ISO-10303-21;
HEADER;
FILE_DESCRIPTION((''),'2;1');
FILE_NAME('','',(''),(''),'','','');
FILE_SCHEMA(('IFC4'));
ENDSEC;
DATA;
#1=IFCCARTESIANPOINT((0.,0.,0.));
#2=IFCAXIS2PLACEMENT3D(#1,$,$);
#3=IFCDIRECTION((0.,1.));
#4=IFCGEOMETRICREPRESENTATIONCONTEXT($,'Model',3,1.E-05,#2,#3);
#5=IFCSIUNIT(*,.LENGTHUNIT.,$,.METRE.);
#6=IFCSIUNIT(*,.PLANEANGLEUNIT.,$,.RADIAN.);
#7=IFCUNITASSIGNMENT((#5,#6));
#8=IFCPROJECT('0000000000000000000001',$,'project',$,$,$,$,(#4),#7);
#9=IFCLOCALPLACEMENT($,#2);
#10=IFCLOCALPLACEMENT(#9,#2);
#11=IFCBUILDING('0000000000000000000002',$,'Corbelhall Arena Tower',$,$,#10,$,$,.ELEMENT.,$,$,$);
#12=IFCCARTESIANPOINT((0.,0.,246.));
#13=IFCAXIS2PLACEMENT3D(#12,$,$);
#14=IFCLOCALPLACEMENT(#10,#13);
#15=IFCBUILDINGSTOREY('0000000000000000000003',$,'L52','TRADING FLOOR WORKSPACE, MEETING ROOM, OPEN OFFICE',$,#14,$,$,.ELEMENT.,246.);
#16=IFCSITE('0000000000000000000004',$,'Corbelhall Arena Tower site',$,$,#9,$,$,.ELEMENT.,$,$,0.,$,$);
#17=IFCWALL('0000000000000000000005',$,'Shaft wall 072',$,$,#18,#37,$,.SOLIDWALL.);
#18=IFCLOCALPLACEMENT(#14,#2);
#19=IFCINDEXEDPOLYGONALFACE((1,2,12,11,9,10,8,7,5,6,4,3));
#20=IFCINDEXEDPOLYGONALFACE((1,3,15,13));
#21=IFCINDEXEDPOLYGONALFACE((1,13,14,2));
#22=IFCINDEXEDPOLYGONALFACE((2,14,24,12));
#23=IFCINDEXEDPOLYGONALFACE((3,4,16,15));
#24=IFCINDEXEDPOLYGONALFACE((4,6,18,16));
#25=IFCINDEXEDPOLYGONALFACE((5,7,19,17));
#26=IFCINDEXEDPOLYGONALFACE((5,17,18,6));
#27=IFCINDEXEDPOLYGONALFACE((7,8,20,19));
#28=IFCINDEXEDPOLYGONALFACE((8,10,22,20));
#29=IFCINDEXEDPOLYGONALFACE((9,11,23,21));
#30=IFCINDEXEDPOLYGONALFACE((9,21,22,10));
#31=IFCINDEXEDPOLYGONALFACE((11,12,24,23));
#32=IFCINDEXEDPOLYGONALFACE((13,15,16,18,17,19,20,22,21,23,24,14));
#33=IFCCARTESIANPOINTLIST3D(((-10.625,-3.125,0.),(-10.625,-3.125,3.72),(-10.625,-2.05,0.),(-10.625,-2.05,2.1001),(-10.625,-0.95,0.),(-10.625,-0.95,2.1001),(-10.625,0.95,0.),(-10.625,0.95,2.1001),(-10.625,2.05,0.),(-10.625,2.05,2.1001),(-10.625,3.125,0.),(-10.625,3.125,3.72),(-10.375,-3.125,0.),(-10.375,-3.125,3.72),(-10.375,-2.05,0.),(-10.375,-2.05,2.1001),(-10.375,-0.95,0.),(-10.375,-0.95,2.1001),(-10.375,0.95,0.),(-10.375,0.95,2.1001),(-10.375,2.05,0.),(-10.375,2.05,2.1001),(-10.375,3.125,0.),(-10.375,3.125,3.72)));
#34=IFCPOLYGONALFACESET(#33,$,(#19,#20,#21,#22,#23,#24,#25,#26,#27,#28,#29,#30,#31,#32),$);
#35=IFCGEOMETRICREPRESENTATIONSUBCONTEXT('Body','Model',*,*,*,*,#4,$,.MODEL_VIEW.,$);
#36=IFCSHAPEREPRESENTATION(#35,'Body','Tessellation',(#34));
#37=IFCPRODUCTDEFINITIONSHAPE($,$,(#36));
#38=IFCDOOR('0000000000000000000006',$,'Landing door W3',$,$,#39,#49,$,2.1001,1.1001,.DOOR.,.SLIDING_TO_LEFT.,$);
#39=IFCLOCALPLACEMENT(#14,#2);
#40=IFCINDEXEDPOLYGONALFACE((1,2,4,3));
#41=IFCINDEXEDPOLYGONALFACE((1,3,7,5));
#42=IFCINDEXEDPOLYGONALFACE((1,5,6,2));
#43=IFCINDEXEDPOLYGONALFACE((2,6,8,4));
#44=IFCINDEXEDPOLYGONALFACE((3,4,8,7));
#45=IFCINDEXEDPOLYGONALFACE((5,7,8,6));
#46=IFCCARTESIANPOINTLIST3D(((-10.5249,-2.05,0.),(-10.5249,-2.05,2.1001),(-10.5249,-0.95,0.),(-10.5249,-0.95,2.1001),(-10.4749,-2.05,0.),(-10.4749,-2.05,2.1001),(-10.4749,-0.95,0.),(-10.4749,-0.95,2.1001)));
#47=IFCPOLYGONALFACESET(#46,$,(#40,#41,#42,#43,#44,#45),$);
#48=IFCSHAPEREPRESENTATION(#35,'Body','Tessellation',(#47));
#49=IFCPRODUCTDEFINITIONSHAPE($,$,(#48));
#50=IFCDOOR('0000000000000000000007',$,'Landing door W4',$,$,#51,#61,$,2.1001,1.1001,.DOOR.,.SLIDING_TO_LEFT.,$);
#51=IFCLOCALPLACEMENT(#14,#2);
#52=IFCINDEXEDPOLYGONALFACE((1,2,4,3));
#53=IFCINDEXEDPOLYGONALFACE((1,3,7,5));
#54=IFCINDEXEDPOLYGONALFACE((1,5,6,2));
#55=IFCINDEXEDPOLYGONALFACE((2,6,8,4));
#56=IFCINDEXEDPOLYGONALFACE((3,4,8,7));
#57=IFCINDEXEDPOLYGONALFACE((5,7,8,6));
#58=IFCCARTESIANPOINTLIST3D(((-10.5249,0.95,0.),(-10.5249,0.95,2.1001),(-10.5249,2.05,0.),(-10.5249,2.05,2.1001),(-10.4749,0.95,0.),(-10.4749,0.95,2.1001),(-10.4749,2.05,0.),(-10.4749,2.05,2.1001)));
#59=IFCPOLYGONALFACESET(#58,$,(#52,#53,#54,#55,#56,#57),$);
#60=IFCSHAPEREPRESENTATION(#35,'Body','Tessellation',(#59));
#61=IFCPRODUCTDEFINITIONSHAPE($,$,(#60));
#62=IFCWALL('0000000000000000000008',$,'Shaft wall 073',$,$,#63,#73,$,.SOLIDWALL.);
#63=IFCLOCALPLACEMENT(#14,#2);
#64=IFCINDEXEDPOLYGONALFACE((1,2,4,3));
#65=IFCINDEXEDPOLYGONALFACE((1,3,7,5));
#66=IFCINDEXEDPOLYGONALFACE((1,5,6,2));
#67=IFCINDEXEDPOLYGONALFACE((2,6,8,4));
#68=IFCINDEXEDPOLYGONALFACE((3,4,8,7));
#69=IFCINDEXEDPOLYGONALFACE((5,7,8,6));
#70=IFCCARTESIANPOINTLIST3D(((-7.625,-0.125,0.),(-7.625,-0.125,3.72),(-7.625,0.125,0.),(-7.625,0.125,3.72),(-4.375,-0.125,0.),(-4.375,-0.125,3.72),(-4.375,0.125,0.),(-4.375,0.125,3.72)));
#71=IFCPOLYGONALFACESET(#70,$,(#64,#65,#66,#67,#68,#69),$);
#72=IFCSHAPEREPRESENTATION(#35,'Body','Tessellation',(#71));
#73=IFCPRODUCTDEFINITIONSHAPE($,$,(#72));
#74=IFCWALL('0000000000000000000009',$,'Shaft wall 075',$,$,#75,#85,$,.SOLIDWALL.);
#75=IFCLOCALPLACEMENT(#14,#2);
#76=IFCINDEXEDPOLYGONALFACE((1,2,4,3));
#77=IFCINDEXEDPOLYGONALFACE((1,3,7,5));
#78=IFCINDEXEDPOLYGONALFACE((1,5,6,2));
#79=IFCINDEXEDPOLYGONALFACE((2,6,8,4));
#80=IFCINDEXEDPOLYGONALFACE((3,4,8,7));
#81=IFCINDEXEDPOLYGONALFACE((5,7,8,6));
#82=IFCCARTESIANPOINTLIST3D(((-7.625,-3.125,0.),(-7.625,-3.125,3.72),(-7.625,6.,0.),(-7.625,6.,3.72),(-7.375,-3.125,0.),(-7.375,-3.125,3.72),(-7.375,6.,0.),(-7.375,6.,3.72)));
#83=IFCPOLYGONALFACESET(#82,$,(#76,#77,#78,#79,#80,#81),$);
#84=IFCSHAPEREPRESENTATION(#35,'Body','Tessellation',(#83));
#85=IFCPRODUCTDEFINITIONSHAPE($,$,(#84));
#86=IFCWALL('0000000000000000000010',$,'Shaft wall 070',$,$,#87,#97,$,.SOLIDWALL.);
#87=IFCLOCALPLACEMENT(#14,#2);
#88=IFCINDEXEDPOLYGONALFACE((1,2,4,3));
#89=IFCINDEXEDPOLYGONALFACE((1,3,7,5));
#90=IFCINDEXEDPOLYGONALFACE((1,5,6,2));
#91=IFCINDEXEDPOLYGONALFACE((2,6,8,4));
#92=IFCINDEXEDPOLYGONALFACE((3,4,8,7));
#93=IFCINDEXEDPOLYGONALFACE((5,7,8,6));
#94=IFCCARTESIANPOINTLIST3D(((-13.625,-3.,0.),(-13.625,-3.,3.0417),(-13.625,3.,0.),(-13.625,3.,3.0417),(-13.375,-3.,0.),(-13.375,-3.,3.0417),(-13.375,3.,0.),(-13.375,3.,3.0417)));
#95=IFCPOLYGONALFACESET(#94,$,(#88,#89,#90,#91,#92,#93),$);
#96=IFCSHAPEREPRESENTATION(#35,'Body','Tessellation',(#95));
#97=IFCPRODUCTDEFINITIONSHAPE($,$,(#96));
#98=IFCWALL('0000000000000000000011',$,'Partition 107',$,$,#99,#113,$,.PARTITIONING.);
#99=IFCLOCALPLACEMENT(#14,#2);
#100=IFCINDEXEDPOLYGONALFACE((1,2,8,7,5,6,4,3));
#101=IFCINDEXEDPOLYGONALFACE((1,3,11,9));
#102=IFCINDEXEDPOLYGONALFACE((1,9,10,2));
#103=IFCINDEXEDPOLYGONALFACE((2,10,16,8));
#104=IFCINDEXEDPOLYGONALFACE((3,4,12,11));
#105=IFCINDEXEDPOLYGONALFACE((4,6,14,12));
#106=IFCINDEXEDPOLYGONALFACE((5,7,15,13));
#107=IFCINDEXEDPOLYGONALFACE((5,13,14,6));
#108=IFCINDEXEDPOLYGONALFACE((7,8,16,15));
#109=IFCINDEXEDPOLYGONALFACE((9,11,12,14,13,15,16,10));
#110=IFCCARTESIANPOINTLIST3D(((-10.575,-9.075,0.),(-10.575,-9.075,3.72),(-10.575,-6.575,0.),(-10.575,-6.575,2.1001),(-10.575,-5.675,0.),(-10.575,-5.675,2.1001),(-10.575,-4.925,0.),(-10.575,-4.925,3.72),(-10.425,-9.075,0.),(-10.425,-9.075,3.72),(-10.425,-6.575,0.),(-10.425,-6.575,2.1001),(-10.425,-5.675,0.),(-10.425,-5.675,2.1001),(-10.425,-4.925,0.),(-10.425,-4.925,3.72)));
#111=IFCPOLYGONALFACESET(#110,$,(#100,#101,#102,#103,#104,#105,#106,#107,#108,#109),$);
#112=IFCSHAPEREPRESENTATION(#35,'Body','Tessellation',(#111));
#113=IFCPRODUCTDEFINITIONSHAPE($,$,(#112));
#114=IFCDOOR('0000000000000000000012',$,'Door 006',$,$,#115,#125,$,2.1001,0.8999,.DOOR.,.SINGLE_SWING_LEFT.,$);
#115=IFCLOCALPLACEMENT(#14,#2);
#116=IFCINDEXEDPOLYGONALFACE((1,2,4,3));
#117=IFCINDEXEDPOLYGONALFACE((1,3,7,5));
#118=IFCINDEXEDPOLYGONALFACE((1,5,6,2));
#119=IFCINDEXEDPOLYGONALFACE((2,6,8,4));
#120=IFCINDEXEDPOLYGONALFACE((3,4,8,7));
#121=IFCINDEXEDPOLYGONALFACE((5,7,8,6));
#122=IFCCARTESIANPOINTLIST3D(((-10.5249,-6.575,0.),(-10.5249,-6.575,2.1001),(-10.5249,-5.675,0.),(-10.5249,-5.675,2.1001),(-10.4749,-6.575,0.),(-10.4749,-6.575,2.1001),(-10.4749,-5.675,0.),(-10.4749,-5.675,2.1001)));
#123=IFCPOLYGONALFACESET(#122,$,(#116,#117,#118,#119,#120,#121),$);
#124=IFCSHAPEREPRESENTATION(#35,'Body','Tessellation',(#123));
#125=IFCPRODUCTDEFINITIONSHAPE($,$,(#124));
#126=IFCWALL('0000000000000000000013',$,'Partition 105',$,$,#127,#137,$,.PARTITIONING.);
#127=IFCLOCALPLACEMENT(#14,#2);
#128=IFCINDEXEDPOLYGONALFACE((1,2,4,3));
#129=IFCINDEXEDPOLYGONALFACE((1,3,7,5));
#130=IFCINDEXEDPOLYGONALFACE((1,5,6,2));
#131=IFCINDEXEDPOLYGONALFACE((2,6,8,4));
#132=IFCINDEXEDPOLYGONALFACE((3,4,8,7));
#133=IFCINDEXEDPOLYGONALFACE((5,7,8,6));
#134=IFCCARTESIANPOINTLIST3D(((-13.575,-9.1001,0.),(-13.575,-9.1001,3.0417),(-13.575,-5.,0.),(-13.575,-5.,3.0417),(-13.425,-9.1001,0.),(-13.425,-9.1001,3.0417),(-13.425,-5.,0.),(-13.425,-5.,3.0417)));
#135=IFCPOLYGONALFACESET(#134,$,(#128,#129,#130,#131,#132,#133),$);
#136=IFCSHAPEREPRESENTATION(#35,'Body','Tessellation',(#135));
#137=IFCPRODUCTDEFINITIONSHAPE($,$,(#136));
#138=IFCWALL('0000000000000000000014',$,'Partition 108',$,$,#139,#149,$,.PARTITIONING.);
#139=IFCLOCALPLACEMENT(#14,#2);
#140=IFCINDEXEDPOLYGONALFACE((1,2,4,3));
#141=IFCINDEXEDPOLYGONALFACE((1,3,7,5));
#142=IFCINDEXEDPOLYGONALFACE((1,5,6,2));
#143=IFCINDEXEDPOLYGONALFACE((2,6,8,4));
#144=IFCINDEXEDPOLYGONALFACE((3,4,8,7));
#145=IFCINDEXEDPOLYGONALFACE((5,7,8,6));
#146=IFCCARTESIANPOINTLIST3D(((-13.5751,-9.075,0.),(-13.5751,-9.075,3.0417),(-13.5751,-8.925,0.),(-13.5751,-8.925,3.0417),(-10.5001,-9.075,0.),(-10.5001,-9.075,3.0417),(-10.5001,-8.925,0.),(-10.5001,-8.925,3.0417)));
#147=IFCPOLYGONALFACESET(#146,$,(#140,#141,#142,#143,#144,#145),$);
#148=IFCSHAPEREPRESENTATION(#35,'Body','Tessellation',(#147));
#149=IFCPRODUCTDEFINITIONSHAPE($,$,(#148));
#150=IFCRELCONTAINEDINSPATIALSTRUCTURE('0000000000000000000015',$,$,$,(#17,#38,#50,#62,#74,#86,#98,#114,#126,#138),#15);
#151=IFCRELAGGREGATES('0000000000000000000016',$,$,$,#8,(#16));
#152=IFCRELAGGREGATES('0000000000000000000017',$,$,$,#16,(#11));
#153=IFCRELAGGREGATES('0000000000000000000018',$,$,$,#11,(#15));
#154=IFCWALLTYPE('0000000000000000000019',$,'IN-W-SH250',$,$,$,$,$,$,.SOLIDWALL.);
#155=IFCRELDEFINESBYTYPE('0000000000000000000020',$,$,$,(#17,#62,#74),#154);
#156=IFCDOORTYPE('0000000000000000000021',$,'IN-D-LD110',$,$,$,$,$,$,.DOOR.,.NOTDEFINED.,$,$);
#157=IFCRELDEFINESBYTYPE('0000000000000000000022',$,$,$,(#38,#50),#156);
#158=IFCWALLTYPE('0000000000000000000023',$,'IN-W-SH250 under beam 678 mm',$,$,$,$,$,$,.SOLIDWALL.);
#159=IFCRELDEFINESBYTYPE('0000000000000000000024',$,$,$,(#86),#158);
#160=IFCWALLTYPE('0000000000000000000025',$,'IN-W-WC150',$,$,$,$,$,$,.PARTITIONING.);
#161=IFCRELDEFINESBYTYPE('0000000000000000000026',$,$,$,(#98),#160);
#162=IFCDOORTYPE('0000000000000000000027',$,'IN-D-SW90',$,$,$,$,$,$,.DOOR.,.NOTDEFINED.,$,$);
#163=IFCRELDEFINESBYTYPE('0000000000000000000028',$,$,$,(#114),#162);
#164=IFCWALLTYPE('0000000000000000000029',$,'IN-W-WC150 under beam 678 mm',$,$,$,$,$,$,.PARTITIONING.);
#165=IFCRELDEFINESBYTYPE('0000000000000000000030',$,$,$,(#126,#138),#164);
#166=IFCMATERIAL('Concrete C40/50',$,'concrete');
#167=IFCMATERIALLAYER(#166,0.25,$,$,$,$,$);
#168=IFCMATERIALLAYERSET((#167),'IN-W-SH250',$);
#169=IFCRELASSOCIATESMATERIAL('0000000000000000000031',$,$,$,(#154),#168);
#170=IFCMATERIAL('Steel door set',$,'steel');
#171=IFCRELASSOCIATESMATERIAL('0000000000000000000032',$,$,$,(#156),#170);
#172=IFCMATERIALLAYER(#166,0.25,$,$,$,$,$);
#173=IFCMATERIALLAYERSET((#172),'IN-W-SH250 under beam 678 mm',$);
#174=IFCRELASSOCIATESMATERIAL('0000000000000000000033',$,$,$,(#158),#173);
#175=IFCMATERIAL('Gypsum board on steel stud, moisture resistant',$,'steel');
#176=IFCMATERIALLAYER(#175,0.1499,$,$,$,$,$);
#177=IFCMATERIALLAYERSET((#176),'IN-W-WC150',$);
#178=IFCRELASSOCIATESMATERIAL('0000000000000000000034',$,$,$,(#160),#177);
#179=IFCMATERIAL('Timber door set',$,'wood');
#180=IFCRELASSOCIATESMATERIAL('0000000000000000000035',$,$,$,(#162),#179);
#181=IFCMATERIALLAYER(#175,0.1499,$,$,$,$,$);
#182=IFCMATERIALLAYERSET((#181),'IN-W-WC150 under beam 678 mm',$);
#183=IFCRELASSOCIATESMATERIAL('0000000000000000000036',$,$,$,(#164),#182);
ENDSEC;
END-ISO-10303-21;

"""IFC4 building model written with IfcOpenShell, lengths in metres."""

from ifc_helpers import new_model, si_unit, direction, frame, frame_2d, origin, place, context, subcontext, project, spatial, rectangle, extrude, material, layer, layer_set, type_object, element, fill, save


model = new_model("IFC4")

# Units and contexts
model_context = context("Model", 3, precision=1e-05, world=origin(), true_north=direction((0.0, 1.0)))
body_context = subcontext(model_context, "Body", "Model", "MODEL_VIEW")
ifc_project = project(units=[si_unit("LENGTHUNIT", "METRE"), si_unit("PLANEANGLEUNIT", "RADIAN")], contexts=[model_context])

# Site, building, storey
site_placement = place(None, origin())
site = spatial("IfcSite", under=ifc_project, at=site_placement, Name="Corbelhall Arena Tower site", CompositionType="ELEMENT", RefElevation=0.0)
building_placement = place(site_placement, origin())
building = spatial("IfcBuilding", under=site, at=building_placement, Name="Corbelhall Arena Tower", CompositionType="ELEMENT")
storey_placement = place(building_placement, frame((0.0, 0.0, 246.0)))
storey = spatial("IfcBuildingStorey", under=building, at=storey_placement, Name="L52", Description="TRADING FLOOR WORKSPACE, MEETING ROOM, OPEN OFFICE", CompositionType="ELEMENT", Elevation=246.0)

# Shared definitions
ifc_material_1 = material(Name="Steel door set", Category="steel")

# Wall, openings, doors
ifc_material_2 = material(Name="Concrete C40/50", Category="concrete")
ifc_layer_1 = layer(ifc_material_2, 0.25)
ifc_layer_set_1 = layer_set([ifc_layer_1], Name="IN-W-SH250")
wall_type_1 = type_object("IfcWallType", Name="IN-W-SH250", PredefinedType="SOLIDWALL", material=ifc_layer_set_1)
wall_1_placement = place(storey_placement, frame((-10.5, -3.125, 0.0), z_axis=(0.0, 0.0, 1.0), x_axis=(0.0, 1.0, 0.0)))
wall_1 = element("IfcWall", 1, at=wall_1_placement, inside=storey, type_object=wall_type_1, Name="Shaft wall 072", PredefinedType="SOLIDWALL", context=body_context, shape_type="SweptSolid", body=[
    extrude(rectangle(XDim=6.25, YDim=0.25, at=frame_2d((3.125, 0.0))), origin(), (0.0, 0.0, 1.0), 3.72),
])
opening_1_placement = place(wall_1_placement, frame((1.075, 0.0, 0.0)))
opening_1 = element("IfcOpeningElement", 2, at=opening_1_placement, cuts=wall_1, PredefinedType="OPENING", context=body_context, shape_type="SweptSolid", body=[
    extrude(rectangle(XDim=1.1001, YDim=2.1001, at=frame_2d((0.55, 1.05))), frame((0.0, 0.125, 0.0), z_axis=(0.0, -1.0, 0.0), x_axis=(1.0, 0.0, 0.0)), (0.0, 0.0, 1.0), 0.25),
])
opening_2_placement = place(wall_1_placement, frame((4.075, 0.0, 0.0)))
opening_2 = element("IfcOpeningElement", 3, at=opening_2_placement, cuts=wall_1, PredefinedType="OPENING", context=body_context, shape_type="SweptSolid", body=[
    extrude(rectangle(XDim=1.1001, YDim=2.1001, at=frame_2d((0.55, 1.05))), frame((0.0, 0.125, 0.0), z_axis=(0.0, -1.0, 0.0), x_axis=(1.0, 0.0, 0.0)), (0.0, 0.0, 1.0), 0.25),
])
door_type_1 = type_object("IfcDoorType", Name="IN-D-LD110", OperationType="NOTDEFINED", PredefinedType="DOOR", material=ifc_material_1)
door_1_placement = place(opening_1_placement, origin())
door_1 = element("IfcDoor", 4, at=door_1_placement, inside=storey, type_object=door_type_1, Name="Landing door W3", OperationType="SLIDING_TO_LEFT", OverallHeight=2.1001, OverallWidth=1.1001, PredefinedType="DOOR", context=body_context, shape_type="SweptSolid", body=[
    extrude(rectangle(XDim=1.1001, YDim=2.1001, at=frame_2d((0.55, 1.05))), frame((0.0, 0.0249, 0.0), z_axis=(0.0, -1.0, 0.0), x_axis=(1.0, 0.0, 0.0)), (0.0, 0.0, 1.0), 0.05),
])
fill(opening_1, door_1)
door_2_placement = place(opening_2_placement, origin())
door_2 = element("IfcDoor", 5, at=door_2_placement, inside=storey, type_object=door_type_1, Name="Landing door W4", OperationType="SLIDING_TO_LEFT", OverallHeight=2.1001, OverallWidth=1.1001, PredefinedType="DOOR", context=body_context, shape_type="SweptSolid", body=[
    extrude(rectangle(XDim=1.1001, YDim=2.1001, at=frame_2d((0.55, 1.05))), frame((0.0, 0.0249, 0.0), z_axis=(0.0, -1.0, 0.0), x_axis=(1.0, 0.0, 0.0)), (0.0, 0.0, 1.0), 0.05),
])
fill(opening_2, door_2)

# Walls
wall_2_placement = place(storey_placement, frame((-7.625, 0.0, 0.0), z_axis=(0.0, 0.0, 1.0), x_axis=(1.0, 0.0, 0.0)))
element("IfcWall", 6, at=wall_2_placement, inside=storey, type_object=wall_type_1, Name="Shaft wall 073", PredefinedType="SOLIDWALL", context=body_context, shape_type="SweptSolid", body=[
    extrude(rectangle(XDim=3.25, YDim=0.25, at=frame_2d((1.625, 0.0))), origin(), (0.0, 0.0, 1.0), 3.72),
])
wall_3_placement = place(storey_placement, frame((-7.5, -3.125, 0.0), z_axis=(0.0, 0.0, 1.0), x_axis=(0.0, 1.0, 0.0)))
element("IfcWall", 7, at=wall_3_placement, inside=storey, type_object=wall_type_1, Name="Shaft wall 075", PredefinedType="SOLIDWALL", context=body_context, shape_type="SweptSolid", body=[
    extrude(rectangle(XDim=9.125, YDim=0.25, at=frame_2d((4.5625, 0.0))), origin(), (0.0, 0.0, 1.0), 3.72),
])
ifc_layer_2 = layer(ifc_material_2, 0.25)
ifc_layer_set_2 = layer_set([ifc_layer_2], Name="IN-W-SH250 under beam 678 mm")
wall_type_2 = type_object("IfcWallType", Name="IN-W-SH250 under beam 678 mm", PredefinedType="SOLIDWALL", material=ifc_layer_set_2)
wall_4_placement = place(storey_placement, frame((-13.5, -3.0, 0.0), z_axis=(0.0, 0.0, 1.0), x_axis=(0.0, 1.0, 0.0)))
element("IfcWall", 8, at=wall_4_placement, inside=storey, type_object=wall_type_2, Name="Shaft wall 070", PredefinedType="SOLIDWALL", context=body_context, shape_type="SweptSolid", body=[
    extrude(rectangle(XDim=6.0, YDim=0.25, at=frame_2d((3.0, 0.0))), origin(), (0.0, 0.0, 1.0), 3.0417),
])

# Wall, opening, door
ifc_material_3 = material(Name="Gypsum board on steel stud, moisture resistant", Category="steel")
ifc_layer_3 = layer(ifc_material_3, 0.1499)
ifc_layer_set_3 = layer_set([ifc_layer_3], Name="IN-W-WC150")
wall_type_3 = type_object("IfcWallType", Name="IN-W-WC150", PredefinedType="PARTITIONING", material=ifc_layer_set_3)
wall_5_placement = place(storey_placement, frame((-10.5, -9.075, 0.0), z_axis=(0.0, 0.0, 1.0), x_axis=(0.0, 1.0, 0.0)))
wall_5 = element("IfcWall", 9, at=wall_5_placement, inside=storey, type_object=wall_type_3, Name="Partition 107", PredefinedType="PARTITIONING", context=body_context, shape_type="SweptSolid", body=[
    extrude(rectangle(XDim=4.1499, YDim=0.1499, at=frame_2d((2.075, 0.0))), origin(), (0.0, 0.0, 1.0), 3.72),
])
opening_3_placement = place(wall_5_placement, frame((2.5, 0.0, 0.0)))
opening_3 = element("IfcOpeningElement", 10, at=opening_3_placement, cuts=wall_5, PredefinedType="OPENING", context=body_context, shape_type="SweptSolid", body=[
    extrude(rectangle(XDim=0.8999, YDim=2.1001, at=frame_2d((0.45, 1.05))), frame((0.0, 0.075, 0.0), z_axis=(0.0, -1.0, 0.0), x_axis=(1.0, 0.0, 0.0)), (0.0, 0.0, 1.0), 0.1499),
])
ifc_material_4 = material(Name="Timber door set", Category="wood")
door_type_2 = type_object("IfcDoorType", Name="IN-D-SW90", OperationType="NOTDEFINED", PredefinedType="DOOR", material=ifc_material_4)
door_3_placement = place(opening_3_placement, origin())
door_3 = element("IfcDoor", 11, at=door_3_placement, inside=storey, type_object=door_type_2, Name="Door 006", OperationType="SINGLE_SWING_LEFT", OverallHeight=2.1001, OverallWidth=0.8999, PredefinedType="DOOR", context=body_context, shape_type="SweptSolid", body=[
    extrude(rectangle(XDim=0.8999, YDim=2.1001, at=frame_2d((0.45, 1.05))), frame((0.0, 0.0249, 0.0), z_axis=(0.0, -1.0, 0.0), x_axis=(1.0, 0.0, 0.0)), (0.0, 0.0, 1.0), 0.05),
])
fill(opening_3, door_3)

# Walls
ifc_layer_4 = layer(ifc_material_3, 0.1499)
ifc_layer_set_4 = layer_set([ifc_layer_4], Name="IN-W-WC150 under beam 678 mm")
wall_type_4 = type_object("IfcWallType", Name="IN-W-WC150 under beam 678 mm", PredefinedType="PARTITIONING", material=ifc_layer_set_4)
wall_6_placement = place(storey_placement, frame((-13.5, -9.1001, 0.0), z_axis=(0.0, 0.0, 1.0), x_axis=(0.0, 1.0, 0.0)))
element("IfcWall", 12, at=wall_6_placement, inside=storey, type_object=wall_type_4, Name="Partition 105", PredefinedType="PARTITIONING", context=body_context, shape_type="SweptSolid", body=[
    extrude(rectangle(XDim=4.1001, YDim=0.1499, at=frame_2d((2.05, 0.0))), origin(), (0.0, 0.0, 1.0), 3.0417),
])
wall_7_placement = place(storey_placement, frame((-10.5, -9.0, 0.0), z_axis=(0.0, 0.0, 1.0), x_axis=(-1.0, 0.0, 0.0)))
element("IfcWall", 13, at=wall_7_placement, inside=storey, type_object=wall_type_4, Name="Partition 108", PredefinedType="PARTITIONING", context=body_context, shape_type="SweptSolid", body=[
    extrude(rectangle(XDim=3.075, YDim=0.1499, at=frame_2d((1.5376, 0.0))), origin(), (0.0, 0.0, 1.0), 3.0417),
])

save(model, "model.ifc")
